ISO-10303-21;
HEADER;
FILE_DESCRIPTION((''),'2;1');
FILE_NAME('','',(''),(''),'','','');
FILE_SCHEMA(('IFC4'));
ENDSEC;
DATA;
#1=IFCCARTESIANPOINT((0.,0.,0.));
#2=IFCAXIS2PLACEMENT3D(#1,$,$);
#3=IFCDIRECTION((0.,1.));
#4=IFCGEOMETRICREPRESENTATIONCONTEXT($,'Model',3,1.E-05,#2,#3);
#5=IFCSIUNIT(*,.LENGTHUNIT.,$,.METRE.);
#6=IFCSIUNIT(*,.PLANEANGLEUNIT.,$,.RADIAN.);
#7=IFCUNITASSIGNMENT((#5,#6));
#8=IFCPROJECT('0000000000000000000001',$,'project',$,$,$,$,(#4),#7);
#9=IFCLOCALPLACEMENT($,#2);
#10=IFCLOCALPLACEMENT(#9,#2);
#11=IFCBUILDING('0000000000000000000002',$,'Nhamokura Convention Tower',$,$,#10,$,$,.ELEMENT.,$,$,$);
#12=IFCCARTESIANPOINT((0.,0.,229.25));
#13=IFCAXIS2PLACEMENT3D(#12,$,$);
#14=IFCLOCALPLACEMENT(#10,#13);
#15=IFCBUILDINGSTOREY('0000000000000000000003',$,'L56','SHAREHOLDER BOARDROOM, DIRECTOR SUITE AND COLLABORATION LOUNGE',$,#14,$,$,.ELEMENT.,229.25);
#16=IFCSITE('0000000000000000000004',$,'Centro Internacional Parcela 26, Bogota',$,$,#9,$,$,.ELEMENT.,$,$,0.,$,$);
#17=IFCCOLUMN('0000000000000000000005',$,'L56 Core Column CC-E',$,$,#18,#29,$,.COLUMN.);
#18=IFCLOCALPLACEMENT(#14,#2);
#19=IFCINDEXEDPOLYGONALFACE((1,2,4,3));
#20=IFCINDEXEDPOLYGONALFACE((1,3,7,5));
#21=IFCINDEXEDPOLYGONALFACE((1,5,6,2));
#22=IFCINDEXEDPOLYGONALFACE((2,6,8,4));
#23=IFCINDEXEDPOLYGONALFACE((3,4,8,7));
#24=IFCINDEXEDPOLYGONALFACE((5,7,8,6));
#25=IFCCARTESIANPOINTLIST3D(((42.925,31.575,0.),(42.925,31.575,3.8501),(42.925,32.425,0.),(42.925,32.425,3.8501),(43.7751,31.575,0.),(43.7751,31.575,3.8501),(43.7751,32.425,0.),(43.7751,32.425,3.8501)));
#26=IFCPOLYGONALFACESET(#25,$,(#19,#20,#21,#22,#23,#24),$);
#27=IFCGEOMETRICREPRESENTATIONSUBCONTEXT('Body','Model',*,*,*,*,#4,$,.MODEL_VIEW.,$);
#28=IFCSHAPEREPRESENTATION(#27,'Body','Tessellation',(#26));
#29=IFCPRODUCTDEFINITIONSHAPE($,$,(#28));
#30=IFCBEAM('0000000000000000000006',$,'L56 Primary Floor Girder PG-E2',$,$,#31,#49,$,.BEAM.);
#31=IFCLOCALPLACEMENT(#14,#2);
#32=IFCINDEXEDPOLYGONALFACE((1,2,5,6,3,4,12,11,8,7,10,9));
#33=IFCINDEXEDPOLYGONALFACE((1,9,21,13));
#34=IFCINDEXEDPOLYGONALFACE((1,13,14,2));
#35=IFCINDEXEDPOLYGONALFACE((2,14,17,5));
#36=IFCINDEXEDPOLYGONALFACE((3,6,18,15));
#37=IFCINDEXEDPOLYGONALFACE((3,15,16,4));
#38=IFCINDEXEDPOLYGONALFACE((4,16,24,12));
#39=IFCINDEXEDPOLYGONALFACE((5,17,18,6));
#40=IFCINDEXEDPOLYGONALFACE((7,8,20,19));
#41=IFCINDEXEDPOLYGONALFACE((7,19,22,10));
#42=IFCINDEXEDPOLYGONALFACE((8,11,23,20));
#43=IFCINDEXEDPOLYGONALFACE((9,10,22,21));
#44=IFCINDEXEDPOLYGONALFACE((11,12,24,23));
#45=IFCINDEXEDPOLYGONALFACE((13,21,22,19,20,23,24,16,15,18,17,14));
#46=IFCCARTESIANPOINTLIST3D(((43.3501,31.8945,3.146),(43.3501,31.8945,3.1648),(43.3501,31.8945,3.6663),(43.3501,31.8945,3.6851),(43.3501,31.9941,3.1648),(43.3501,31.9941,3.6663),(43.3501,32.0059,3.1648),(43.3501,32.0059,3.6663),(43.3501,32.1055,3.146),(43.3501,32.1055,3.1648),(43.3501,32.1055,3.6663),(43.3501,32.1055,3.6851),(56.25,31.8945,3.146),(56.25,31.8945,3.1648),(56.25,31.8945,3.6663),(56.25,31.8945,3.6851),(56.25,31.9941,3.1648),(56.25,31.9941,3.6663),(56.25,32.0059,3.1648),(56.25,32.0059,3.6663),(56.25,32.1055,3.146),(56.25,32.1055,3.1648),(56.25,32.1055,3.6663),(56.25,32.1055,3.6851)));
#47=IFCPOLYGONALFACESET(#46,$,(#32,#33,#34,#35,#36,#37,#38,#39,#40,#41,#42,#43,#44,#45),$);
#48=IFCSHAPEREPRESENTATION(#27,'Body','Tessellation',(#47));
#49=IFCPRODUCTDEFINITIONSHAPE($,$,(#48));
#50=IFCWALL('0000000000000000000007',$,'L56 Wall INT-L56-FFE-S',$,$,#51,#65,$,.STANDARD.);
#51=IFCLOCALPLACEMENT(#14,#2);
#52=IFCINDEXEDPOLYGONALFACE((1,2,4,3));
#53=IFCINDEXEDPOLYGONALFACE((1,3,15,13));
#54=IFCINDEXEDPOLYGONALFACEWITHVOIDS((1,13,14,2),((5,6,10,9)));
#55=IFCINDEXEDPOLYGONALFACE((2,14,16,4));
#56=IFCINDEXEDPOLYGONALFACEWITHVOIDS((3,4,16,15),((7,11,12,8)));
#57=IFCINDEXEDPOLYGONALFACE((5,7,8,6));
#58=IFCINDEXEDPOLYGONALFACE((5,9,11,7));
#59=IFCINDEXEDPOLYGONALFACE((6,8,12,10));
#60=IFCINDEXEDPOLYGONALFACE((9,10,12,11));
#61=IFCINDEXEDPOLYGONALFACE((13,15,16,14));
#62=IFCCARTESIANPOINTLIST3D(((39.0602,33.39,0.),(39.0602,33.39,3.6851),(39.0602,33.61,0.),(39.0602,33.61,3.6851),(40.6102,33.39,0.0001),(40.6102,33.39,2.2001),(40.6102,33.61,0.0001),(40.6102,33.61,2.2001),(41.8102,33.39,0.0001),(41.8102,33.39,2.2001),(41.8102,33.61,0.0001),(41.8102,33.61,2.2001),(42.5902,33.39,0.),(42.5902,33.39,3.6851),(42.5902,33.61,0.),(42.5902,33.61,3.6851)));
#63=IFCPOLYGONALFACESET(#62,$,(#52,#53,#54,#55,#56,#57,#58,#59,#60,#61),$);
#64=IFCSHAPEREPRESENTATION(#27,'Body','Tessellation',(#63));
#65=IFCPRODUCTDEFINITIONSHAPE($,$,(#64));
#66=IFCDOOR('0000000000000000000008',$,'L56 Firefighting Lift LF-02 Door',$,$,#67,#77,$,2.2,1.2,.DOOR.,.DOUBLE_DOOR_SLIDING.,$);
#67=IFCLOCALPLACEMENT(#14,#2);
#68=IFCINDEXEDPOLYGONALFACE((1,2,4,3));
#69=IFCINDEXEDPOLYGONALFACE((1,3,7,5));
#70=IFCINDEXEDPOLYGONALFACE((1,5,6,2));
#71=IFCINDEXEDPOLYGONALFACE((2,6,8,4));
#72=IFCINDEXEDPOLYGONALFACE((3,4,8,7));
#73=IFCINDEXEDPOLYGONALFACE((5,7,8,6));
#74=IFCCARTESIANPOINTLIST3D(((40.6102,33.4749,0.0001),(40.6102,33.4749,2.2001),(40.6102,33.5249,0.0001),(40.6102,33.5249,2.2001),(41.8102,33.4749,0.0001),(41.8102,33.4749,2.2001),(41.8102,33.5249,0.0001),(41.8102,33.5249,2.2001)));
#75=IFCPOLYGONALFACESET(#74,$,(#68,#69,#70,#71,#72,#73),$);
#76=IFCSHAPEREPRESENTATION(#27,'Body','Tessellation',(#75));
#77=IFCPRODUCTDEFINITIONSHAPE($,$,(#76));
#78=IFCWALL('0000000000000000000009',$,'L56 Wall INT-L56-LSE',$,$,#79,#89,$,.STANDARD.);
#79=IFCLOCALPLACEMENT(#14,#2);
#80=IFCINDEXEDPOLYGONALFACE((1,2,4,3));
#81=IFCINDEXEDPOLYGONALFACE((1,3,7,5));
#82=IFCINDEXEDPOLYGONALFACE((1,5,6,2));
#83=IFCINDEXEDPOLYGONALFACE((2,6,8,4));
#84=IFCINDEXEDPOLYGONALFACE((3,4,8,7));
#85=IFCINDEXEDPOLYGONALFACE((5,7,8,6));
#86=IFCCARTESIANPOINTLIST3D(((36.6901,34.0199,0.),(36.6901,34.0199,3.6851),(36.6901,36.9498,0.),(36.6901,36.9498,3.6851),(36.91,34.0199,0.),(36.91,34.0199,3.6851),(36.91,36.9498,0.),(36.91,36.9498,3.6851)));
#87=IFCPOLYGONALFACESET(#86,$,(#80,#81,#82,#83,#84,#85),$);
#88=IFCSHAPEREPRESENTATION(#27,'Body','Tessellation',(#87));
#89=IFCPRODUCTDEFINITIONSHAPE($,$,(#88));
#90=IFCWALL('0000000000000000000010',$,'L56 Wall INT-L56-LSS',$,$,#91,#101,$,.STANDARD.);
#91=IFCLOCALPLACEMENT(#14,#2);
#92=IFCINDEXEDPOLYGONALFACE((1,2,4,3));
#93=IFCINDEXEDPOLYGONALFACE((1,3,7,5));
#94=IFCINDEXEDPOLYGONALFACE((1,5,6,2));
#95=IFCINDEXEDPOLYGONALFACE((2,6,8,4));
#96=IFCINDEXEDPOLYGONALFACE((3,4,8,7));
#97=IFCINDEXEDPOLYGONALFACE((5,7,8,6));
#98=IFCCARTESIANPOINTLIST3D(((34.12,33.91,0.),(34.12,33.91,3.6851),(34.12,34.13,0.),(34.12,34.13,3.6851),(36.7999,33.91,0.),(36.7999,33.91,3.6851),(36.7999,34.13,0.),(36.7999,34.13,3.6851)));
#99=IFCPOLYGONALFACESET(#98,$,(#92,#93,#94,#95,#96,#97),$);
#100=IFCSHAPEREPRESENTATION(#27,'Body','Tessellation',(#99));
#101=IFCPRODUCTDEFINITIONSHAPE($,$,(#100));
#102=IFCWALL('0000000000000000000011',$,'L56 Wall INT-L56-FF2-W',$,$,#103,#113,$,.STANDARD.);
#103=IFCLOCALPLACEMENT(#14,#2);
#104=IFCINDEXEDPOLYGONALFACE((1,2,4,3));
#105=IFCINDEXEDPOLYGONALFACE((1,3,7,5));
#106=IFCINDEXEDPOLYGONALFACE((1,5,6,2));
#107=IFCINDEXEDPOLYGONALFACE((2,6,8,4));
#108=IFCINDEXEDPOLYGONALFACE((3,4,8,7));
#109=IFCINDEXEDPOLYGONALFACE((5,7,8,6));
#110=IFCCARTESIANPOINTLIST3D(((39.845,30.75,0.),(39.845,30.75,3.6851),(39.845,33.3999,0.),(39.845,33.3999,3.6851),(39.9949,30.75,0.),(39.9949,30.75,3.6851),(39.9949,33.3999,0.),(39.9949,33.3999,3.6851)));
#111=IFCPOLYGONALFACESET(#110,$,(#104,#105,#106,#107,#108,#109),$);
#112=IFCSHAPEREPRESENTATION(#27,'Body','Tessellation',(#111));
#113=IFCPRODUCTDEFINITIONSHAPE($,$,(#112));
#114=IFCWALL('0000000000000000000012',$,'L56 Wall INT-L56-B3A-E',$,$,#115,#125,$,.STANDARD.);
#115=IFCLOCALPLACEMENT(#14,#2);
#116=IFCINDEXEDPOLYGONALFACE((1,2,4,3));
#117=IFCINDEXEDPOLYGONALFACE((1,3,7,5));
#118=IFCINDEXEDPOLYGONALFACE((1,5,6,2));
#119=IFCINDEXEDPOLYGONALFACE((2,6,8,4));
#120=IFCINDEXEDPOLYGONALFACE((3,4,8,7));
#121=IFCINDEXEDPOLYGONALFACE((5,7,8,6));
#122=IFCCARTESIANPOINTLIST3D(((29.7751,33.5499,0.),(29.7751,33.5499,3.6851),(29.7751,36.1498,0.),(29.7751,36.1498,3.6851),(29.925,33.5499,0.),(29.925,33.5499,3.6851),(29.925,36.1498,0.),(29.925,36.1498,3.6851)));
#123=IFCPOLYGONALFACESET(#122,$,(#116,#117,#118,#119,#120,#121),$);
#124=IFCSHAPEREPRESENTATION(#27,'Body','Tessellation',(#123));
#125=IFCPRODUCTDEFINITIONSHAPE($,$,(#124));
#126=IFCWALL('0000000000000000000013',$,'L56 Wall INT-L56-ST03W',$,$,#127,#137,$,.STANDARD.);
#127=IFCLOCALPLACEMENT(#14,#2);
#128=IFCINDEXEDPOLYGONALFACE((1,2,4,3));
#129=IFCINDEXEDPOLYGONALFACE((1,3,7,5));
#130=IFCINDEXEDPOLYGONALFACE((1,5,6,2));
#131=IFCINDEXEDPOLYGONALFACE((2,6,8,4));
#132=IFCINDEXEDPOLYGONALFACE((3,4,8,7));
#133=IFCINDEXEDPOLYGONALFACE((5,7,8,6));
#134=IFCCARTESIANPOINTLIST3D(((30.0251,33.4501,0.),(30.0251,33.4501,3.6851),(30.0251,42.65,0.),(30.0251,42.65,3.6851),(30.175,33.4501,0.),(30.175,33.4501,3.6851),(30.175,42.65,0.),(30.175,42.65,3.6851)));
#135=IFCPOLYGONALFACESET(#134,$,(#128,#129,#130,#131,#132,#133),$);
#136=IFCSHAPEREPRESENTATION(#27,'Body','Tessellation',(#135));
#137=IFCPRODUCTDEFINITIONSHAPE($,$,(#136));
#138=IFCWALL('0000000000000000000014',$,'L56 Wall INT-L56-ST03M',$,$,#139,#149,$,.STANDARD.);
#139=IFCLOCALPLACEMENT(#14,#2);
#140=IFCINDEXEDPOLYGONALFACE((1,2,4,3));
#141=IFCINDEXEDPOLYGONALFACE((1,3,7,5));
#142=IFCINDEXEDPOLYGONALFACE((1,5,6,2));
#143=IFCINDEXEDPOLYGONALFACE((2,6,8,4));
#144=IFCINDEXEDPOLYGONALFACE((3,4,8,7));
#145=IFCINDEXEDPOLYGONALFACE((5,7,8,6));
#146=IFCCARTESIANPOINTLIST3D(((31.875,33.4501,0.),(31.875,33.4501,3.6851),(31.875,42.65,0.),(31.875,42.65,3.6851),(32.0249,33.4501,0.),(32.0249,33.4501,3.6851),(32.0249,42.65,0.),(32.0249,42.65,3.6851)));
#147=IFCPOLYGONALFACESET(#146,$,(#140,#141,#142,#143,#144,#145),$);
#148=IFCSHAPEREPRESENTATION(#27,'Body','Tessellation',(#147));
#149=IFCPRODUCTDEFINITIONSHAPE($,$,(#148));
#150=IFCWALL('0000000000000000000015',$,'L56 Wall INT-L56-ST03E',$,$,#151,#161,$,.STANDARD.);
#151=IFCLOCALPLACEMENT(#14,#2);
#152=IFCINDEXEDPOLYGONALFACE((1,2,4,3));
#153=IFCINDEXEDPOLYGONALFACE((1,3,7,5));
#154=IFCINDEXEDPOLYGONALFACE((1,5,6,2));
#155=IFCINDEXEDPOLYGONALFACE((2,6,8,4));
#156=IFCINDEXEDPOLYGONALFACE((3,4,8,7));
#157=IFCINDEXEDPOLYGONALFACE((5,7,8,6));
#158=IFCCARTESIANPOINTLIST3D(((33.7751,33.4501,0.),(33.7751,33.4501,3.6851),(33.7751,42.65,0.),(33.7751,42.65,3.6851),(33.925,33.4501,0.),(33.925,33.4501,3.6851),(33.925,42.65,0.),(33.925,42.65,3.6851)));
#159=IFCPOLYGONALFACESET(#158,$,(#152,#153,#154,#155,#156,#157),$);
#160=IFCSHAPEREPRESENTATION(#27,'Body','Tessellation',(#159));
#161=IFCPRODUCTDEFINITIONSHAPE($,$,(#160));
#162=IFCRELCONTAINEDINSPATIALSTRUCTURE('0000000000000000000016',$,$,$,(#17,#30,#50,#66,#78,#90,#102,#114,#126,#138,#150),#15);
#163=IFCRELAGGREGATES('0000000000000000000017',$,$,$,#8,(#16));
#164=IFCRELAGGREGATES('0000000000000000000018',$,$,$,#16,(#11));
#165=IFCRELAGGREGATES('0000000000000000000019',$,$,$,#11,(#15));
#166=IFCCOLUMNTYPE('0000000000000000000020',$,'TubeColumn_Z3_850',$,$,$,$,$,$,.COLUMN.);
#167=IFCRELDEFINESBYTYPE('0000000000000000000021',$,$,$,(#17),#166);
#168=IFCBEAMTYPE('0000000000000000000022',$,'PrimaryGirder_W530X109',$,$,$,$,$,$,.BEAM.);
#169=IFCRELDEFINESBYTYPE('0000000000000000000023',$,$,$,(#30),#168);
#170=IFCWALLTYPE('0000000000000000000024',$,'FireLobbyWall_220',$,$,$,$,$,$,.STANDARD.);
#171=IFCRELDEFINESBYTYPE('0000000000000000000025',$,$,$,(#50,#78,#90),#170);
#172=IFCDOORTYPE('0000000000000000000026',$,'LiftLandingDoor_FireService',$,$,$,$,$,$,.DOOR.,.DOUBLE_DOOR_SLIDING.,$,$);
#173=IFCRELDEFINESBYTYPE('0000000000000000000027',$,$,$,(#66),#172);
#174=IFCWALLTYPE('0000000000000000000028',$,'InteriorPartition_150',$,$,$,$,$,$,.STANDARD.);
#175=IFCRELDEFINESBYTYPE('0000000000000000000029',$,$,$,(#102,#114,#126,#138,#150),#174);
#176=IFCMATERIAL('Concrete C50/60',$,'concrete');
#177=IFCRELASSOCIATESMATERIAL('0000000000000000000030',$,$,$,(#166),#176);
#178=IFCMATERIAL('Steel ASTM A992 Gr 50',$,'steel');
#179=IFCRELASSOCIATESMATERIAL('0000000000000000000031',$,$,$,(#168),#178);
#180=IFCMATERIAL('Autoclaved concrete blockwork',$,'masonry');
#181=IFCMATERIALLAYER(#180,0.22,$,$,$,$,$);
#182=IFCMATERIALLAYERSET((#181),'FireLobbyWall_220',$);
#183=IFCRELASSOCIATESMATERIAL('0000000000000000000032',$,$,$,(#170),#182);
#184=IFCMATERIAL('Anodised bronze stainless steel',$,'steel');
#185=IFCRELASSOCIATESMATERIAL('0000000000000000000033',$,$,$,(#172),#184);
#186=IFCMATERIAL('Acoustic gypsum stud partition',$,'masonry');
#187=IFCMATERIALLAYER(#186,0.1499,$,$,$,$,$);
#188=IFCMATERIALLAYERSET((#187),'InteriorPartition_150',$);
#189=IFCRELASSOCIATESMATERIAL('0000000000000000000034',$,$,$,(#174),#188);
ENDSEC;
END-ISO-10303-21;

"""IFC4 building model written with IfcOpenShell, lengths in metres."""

from ifc_helpers import new_model, si_unit, direction, frame, frame_2d, origin, origin_2d, place, context, subcontext, project, spatial, rectangle, i_section, extrude, material, layer, layer_set, material_profile, profile_set, type_object, element, fill, save


model = new_model("IFC4")

# Units and contexts
model_context = context("Model", 3, precision=1e-05, world=origin(), true_north=direction((0.0, 1.0)))
body_context = subcontext(model_context, "Body", "Model", "MODEL_VIEW")
ifc_project = project(units=[si_unit("LENGTHUNIT", "METRE"), si_unit("PLANEANGLEUNIT", "RADIAN")], contexts=[model_context])

# Site, building, storey
site_placement = place(None, origin())
site = spatial("IfcSite", under=ifc_project, at=site_placement, Name="Centro Internacional Parcela 26, Bogota", CompositionType="ELEMENT", RefElevation=0.0)
building_placement = place(site_placement, origin())
building = spatial("IfcBuilding", under=site, at=building_placement, Name="Nhamokura Convention Tower", CompositionType="ELEMENT")
storey_placement = place(building_placement, frame((0.0, 0.0, 229.25)))
storey = spatial("IfcBuildingStorey", under=building, at=storey_placement, Name="L56", Description="SHAREHOLDER BOARDROOM, DIRECTOR SUITE AND COLLABORATION LOUNGE", CompositionType="ELEMENT", Elevation=229.25)

# Column
ifc_material_1 = material(Name="Concrete C50/60", Category="concrete")
ifc_material_profile_1 = material_profile(ifc_material_1, rectangle(XDim=0.8501, YDim=0.8501, at=origin_2d()))
ifc_profile_set_1 = profile_set([ifc_material_profile_1], Name="Concrete C50/60")
column_type = type_object("IfcColumnType", Name="TubeColumn_Z3_850", PredefinedType="COLUMN", material=ifc_profile_set_1)
column_placement = place(storey_placement, frame((43.3501, 32.0, 0.0), z_axis=(0.0, 0.0, 1.0), x_axis=(1.0, 0.0, 0.0)))
element("IfcColumn", 1, at=column_placement, inside=storey, type_object=column_type, Name="L56 Core Column CC-E", PredefinedType="COLUMN", context=body_context, shape_type="SweptSolid", body=[
    extrude(rectangle(XDim=0.8501, YDim=0.8501, at=origin_2d()), origin(), (0.0, 0.0, 1.0), 3.8501),
])

# Beam
ifc_material_2 = material(Name="Steel ASTM A992 Gr 50", Category="steel")
ifc_material_profile_2 = material_profile(ifc_material_2, i_section(OverallWidth=0.2109, OverallDepth=0.5391, WebThickness=0.0117, FlangeThickness=0.0188, at=origin_2d()))
ifc_profile_set_2 = profile_set([ifc_material_profile_2], Name="Steel ASTM A992 Gr 50")
beam_type = type_object("IfcBeamType", Name="PrimaryGirder_W530X109", PredefinedType="BEAM", material=ifc_profile_set_2)
beam_placement = place(storey_placement, frame((43.3501, 32.0, 3.4155), z_axis=(1.0, 0.0, 0.0), x_axis=(0.0, 1.0, 0.0)))
element("IfcBeam", 2, at=beam_placement, inside=storey, type_object=beam_type, Name="L56 Primary Floor Girder PG-E2", PredefinedType="BEAM", context=body_context, shape_type="SweptSolid", body=[
    extrude(i_section(OverallWidth=0.2109, OverallDepth=0.5391, WebThickness=0.0117, FlangeThickness=0.0188, at=origin_2d()), origin(), (0.0, 0.0, 1.0), 12.8999),
])

# Wall, opening, door
ifc_material_3 = material(Name="Autoclaved concrete blockwork", Category="masonry")
ifc_layer_1 = layer(ifc_material_3, 0.22)
ifc_layer_set_1 = layer_set([ifc_layer_1], Name="FireLobbyWall_220")
wall_type_1 = type_object("IfcWallType", Name="FireLobbyWall_220", PredefinedType="STANDARD", material=ifc_layer_set_1)
wall_1_placement = place(storey_placement, frame((39.0601, 33.5, 0.0), z_axis=(0.0, 0.0, 1.0), x_axis=(1.0, 0.0, 0.0)))
wall_1 = element("IfcWall", 3, at=wall_1_placement, inside=storey, type_object=wall_type_1, Name="L56 Wall INT-L56-FFE-S", PredefinedType="STANDARD", context=body_context, shape_type="SweptSolid", body=[
    extrude(rectangle(XDim=3.53, YDim=0.22, at=frame_2d((1.7651, 0.0))), origin(), (0.0, 0.0, 1.0), 3.6851),
])
opening_1_placement = place(wall_1_placement, frame((1.55, 0.0, 0.0)))
opening_1 = element("IfcOpeningElement", 4, at=opening_1_placement, cuts=wall_1, PredefinedType="OPENING", context=body_context, shape_type="SweptSolid", body=[
    extrude(rectangle(XDim=1.2, YDim=2.2, at=frame_2d((0.6001, 1.1001))), frame((0.0, 0.1199, 0.0), z_axis=(0.0, -1.0, 0.0), x_axis=(1.0, 0.0, 0.0)), (0.0, 0.0, 1.0), 0.24),
])
ifc_material_4 = material(Name="Anodised bronze stainless steel", Category="steel")
door_type_1 = type_object("IfcDoorType", Name="LiftLandingDoor_FireService", OperationType="DOUBLE_DOOR_SLIDING", PredefinedType="DOOR", material=ifc_material_4)
door_1_placement = place(opening_1_placement, origin())
door_1 = element("IfcDoor", 5, at=door_1_placement, inside=storey, type_object=door_type_1, Name="L56 Firefighting Lift LF-02 Door", OperationType="DOUBLE_DOOR_SLIDING", OverallHeight=2.2, OverallWidth=1.2, PredefinedType="DOOR", context=body_context, shape_type="SweptSolid", body=[
    extrude(rectangle(XDim=1.2, YDim=2.2, at=frame_2d((0.6001, 1.1001))), frame((0.0, 0.0249, 0.0), z_axis=(0.0, -1.0, 0.0), x_axis=(1.0, 0.0, 0.0)), (0.0, 0.0, 1.0), 0.05),
])
fill(opening_1, door_1)

# Walls
wall_2_placement = place(storey_placement, frame((36.8, 34.02, 0.0), z_axis=(0.0, 0.0, 1.0), x_axis=(0.0, 1.0, 0.0)))
element("IfcWall", 6, at=wall_2_placement, inside=storey, type_object=wall_type_1, Name="L56 Wall INT-L56-LSE", PredefinedType="STANDARD", context=body_context, shape_type="SweptSolid", body=[
    extrude(rectangle(XDim=2.9299, YDim=0.22, at=frame_2d((1.4648, 0.0))), origin(), (0.0, 0.0, 1.0), 3.6851),
])
wall_3_placement = place(storey_placement, frame((34.1201, 34.02, 0.0), z_axis=(0.0, 0.0, 1.0), x_axis=(1.0, 0.0, 0.0)))
element("IfcWall", 7, at=wall_3_placement, inside=storey, type_object=wall_type_1, Name="L56 Wall INT-L56-LSS", PredefinedType="STANDARD", context=body_context, shape_type="SweptSolid", body=[
    extrude(rectangle(XDim=2.6799, YDim=0.22, at=frame_2d((1.3398, 0.0))), origin(), (0.0, 0.0, 1.0), 3.6851),
])
ifc_material_5 = material(Name="Acoustic gypsum stud partition", Category="masonry")
ifc_layer_2 = layer(ifc_material_5, 0.1499)
ifc_layer_set_2 = layer_set([ifc_layer_2], Name="InteriorPartition_150")
wall_type_2 = type_object("IfcWallType", Name="InteriorPartition_150", PredefinedType="STANDARD", material=ifc_layer_set_2)
wall_4_placement = place(storey_placement, frame((39.9199, 30.75, 0.0), z_axis=(0.0, 0.0, 1.0), x_axis=(0.0, 1.0, 0.0)))
element("IfcWall", 8, at=wall_4_placement, inside=storey, type_object=wall_type_2, Name="L56 Wall INT-L56-FF2-W", PredefinedType="STANDARD", context=body_context, shape_type="SweptSolid", body=[
    extrude(rectangle(XDim=2.6499, YDim=0.1499, at=frame_2d((1.325, 0.0))), origin(), (0.0, 0.0, 1.0), 3.6851),
])
wall_5_placement = place(storey_placement, frame((29.8501, 33.55, 0.0), z_axis=(0.0, 0.0, 1.0), x_axis=(0.0, 1.0, 0.0)))
element("IfcWall", 9, at=wall_5_placement, inside=storey, type_object=wall_type_2, Name="L56 Wall INT-L56-B3A-E", PredefinedType="STANDARD", context=body_context, shape_type="SweptSolid", body=[
    extrude(rectangle(XDim=2.5999, YDim=0.1499, at=frame_2d((1.2998, 0.0))), origin(), (0.0, 0.0, 1.0), 3.6851),
])
for number, where, z_axis, x_axis, name in (
    (10, (30.1001, 33.45, 0.0), (0.0, 0.0, 1.0), (0.0, 1.0, 0.0), "L56 Wall INT-L56-ST03W"),
    (11, (31.95, 33.45, 0.0), (0.0, 0.0, 1.0), (0.0, 1.0, 0.0), "L56 Wall INT-L56-ST03M"),
    (12, (33.8501, 33.45, 0.0), (0.0, 0.0, 1.0), (0.0, 1.0, 0.0), "L56 Wall INT-L56-ST03E"),
):
    element("IfcWall", number, at=place(storey_placement, frame(where, z_axis=z_axis, x_axis=x_axis)), inside=storey, type_object=wall_type_2, Name=name, PredefinedType="STANDARD", context=body_context, shape_type="SweptSolid", body=[
        extrude(rectangle(XDim=9.2, YDim=0.1499, at=frame_2d((4.6001, 0.0))), origin(), (0.0, 0.0, 1.0), 3.6851),
    ])

save(model, "model.ifc")
